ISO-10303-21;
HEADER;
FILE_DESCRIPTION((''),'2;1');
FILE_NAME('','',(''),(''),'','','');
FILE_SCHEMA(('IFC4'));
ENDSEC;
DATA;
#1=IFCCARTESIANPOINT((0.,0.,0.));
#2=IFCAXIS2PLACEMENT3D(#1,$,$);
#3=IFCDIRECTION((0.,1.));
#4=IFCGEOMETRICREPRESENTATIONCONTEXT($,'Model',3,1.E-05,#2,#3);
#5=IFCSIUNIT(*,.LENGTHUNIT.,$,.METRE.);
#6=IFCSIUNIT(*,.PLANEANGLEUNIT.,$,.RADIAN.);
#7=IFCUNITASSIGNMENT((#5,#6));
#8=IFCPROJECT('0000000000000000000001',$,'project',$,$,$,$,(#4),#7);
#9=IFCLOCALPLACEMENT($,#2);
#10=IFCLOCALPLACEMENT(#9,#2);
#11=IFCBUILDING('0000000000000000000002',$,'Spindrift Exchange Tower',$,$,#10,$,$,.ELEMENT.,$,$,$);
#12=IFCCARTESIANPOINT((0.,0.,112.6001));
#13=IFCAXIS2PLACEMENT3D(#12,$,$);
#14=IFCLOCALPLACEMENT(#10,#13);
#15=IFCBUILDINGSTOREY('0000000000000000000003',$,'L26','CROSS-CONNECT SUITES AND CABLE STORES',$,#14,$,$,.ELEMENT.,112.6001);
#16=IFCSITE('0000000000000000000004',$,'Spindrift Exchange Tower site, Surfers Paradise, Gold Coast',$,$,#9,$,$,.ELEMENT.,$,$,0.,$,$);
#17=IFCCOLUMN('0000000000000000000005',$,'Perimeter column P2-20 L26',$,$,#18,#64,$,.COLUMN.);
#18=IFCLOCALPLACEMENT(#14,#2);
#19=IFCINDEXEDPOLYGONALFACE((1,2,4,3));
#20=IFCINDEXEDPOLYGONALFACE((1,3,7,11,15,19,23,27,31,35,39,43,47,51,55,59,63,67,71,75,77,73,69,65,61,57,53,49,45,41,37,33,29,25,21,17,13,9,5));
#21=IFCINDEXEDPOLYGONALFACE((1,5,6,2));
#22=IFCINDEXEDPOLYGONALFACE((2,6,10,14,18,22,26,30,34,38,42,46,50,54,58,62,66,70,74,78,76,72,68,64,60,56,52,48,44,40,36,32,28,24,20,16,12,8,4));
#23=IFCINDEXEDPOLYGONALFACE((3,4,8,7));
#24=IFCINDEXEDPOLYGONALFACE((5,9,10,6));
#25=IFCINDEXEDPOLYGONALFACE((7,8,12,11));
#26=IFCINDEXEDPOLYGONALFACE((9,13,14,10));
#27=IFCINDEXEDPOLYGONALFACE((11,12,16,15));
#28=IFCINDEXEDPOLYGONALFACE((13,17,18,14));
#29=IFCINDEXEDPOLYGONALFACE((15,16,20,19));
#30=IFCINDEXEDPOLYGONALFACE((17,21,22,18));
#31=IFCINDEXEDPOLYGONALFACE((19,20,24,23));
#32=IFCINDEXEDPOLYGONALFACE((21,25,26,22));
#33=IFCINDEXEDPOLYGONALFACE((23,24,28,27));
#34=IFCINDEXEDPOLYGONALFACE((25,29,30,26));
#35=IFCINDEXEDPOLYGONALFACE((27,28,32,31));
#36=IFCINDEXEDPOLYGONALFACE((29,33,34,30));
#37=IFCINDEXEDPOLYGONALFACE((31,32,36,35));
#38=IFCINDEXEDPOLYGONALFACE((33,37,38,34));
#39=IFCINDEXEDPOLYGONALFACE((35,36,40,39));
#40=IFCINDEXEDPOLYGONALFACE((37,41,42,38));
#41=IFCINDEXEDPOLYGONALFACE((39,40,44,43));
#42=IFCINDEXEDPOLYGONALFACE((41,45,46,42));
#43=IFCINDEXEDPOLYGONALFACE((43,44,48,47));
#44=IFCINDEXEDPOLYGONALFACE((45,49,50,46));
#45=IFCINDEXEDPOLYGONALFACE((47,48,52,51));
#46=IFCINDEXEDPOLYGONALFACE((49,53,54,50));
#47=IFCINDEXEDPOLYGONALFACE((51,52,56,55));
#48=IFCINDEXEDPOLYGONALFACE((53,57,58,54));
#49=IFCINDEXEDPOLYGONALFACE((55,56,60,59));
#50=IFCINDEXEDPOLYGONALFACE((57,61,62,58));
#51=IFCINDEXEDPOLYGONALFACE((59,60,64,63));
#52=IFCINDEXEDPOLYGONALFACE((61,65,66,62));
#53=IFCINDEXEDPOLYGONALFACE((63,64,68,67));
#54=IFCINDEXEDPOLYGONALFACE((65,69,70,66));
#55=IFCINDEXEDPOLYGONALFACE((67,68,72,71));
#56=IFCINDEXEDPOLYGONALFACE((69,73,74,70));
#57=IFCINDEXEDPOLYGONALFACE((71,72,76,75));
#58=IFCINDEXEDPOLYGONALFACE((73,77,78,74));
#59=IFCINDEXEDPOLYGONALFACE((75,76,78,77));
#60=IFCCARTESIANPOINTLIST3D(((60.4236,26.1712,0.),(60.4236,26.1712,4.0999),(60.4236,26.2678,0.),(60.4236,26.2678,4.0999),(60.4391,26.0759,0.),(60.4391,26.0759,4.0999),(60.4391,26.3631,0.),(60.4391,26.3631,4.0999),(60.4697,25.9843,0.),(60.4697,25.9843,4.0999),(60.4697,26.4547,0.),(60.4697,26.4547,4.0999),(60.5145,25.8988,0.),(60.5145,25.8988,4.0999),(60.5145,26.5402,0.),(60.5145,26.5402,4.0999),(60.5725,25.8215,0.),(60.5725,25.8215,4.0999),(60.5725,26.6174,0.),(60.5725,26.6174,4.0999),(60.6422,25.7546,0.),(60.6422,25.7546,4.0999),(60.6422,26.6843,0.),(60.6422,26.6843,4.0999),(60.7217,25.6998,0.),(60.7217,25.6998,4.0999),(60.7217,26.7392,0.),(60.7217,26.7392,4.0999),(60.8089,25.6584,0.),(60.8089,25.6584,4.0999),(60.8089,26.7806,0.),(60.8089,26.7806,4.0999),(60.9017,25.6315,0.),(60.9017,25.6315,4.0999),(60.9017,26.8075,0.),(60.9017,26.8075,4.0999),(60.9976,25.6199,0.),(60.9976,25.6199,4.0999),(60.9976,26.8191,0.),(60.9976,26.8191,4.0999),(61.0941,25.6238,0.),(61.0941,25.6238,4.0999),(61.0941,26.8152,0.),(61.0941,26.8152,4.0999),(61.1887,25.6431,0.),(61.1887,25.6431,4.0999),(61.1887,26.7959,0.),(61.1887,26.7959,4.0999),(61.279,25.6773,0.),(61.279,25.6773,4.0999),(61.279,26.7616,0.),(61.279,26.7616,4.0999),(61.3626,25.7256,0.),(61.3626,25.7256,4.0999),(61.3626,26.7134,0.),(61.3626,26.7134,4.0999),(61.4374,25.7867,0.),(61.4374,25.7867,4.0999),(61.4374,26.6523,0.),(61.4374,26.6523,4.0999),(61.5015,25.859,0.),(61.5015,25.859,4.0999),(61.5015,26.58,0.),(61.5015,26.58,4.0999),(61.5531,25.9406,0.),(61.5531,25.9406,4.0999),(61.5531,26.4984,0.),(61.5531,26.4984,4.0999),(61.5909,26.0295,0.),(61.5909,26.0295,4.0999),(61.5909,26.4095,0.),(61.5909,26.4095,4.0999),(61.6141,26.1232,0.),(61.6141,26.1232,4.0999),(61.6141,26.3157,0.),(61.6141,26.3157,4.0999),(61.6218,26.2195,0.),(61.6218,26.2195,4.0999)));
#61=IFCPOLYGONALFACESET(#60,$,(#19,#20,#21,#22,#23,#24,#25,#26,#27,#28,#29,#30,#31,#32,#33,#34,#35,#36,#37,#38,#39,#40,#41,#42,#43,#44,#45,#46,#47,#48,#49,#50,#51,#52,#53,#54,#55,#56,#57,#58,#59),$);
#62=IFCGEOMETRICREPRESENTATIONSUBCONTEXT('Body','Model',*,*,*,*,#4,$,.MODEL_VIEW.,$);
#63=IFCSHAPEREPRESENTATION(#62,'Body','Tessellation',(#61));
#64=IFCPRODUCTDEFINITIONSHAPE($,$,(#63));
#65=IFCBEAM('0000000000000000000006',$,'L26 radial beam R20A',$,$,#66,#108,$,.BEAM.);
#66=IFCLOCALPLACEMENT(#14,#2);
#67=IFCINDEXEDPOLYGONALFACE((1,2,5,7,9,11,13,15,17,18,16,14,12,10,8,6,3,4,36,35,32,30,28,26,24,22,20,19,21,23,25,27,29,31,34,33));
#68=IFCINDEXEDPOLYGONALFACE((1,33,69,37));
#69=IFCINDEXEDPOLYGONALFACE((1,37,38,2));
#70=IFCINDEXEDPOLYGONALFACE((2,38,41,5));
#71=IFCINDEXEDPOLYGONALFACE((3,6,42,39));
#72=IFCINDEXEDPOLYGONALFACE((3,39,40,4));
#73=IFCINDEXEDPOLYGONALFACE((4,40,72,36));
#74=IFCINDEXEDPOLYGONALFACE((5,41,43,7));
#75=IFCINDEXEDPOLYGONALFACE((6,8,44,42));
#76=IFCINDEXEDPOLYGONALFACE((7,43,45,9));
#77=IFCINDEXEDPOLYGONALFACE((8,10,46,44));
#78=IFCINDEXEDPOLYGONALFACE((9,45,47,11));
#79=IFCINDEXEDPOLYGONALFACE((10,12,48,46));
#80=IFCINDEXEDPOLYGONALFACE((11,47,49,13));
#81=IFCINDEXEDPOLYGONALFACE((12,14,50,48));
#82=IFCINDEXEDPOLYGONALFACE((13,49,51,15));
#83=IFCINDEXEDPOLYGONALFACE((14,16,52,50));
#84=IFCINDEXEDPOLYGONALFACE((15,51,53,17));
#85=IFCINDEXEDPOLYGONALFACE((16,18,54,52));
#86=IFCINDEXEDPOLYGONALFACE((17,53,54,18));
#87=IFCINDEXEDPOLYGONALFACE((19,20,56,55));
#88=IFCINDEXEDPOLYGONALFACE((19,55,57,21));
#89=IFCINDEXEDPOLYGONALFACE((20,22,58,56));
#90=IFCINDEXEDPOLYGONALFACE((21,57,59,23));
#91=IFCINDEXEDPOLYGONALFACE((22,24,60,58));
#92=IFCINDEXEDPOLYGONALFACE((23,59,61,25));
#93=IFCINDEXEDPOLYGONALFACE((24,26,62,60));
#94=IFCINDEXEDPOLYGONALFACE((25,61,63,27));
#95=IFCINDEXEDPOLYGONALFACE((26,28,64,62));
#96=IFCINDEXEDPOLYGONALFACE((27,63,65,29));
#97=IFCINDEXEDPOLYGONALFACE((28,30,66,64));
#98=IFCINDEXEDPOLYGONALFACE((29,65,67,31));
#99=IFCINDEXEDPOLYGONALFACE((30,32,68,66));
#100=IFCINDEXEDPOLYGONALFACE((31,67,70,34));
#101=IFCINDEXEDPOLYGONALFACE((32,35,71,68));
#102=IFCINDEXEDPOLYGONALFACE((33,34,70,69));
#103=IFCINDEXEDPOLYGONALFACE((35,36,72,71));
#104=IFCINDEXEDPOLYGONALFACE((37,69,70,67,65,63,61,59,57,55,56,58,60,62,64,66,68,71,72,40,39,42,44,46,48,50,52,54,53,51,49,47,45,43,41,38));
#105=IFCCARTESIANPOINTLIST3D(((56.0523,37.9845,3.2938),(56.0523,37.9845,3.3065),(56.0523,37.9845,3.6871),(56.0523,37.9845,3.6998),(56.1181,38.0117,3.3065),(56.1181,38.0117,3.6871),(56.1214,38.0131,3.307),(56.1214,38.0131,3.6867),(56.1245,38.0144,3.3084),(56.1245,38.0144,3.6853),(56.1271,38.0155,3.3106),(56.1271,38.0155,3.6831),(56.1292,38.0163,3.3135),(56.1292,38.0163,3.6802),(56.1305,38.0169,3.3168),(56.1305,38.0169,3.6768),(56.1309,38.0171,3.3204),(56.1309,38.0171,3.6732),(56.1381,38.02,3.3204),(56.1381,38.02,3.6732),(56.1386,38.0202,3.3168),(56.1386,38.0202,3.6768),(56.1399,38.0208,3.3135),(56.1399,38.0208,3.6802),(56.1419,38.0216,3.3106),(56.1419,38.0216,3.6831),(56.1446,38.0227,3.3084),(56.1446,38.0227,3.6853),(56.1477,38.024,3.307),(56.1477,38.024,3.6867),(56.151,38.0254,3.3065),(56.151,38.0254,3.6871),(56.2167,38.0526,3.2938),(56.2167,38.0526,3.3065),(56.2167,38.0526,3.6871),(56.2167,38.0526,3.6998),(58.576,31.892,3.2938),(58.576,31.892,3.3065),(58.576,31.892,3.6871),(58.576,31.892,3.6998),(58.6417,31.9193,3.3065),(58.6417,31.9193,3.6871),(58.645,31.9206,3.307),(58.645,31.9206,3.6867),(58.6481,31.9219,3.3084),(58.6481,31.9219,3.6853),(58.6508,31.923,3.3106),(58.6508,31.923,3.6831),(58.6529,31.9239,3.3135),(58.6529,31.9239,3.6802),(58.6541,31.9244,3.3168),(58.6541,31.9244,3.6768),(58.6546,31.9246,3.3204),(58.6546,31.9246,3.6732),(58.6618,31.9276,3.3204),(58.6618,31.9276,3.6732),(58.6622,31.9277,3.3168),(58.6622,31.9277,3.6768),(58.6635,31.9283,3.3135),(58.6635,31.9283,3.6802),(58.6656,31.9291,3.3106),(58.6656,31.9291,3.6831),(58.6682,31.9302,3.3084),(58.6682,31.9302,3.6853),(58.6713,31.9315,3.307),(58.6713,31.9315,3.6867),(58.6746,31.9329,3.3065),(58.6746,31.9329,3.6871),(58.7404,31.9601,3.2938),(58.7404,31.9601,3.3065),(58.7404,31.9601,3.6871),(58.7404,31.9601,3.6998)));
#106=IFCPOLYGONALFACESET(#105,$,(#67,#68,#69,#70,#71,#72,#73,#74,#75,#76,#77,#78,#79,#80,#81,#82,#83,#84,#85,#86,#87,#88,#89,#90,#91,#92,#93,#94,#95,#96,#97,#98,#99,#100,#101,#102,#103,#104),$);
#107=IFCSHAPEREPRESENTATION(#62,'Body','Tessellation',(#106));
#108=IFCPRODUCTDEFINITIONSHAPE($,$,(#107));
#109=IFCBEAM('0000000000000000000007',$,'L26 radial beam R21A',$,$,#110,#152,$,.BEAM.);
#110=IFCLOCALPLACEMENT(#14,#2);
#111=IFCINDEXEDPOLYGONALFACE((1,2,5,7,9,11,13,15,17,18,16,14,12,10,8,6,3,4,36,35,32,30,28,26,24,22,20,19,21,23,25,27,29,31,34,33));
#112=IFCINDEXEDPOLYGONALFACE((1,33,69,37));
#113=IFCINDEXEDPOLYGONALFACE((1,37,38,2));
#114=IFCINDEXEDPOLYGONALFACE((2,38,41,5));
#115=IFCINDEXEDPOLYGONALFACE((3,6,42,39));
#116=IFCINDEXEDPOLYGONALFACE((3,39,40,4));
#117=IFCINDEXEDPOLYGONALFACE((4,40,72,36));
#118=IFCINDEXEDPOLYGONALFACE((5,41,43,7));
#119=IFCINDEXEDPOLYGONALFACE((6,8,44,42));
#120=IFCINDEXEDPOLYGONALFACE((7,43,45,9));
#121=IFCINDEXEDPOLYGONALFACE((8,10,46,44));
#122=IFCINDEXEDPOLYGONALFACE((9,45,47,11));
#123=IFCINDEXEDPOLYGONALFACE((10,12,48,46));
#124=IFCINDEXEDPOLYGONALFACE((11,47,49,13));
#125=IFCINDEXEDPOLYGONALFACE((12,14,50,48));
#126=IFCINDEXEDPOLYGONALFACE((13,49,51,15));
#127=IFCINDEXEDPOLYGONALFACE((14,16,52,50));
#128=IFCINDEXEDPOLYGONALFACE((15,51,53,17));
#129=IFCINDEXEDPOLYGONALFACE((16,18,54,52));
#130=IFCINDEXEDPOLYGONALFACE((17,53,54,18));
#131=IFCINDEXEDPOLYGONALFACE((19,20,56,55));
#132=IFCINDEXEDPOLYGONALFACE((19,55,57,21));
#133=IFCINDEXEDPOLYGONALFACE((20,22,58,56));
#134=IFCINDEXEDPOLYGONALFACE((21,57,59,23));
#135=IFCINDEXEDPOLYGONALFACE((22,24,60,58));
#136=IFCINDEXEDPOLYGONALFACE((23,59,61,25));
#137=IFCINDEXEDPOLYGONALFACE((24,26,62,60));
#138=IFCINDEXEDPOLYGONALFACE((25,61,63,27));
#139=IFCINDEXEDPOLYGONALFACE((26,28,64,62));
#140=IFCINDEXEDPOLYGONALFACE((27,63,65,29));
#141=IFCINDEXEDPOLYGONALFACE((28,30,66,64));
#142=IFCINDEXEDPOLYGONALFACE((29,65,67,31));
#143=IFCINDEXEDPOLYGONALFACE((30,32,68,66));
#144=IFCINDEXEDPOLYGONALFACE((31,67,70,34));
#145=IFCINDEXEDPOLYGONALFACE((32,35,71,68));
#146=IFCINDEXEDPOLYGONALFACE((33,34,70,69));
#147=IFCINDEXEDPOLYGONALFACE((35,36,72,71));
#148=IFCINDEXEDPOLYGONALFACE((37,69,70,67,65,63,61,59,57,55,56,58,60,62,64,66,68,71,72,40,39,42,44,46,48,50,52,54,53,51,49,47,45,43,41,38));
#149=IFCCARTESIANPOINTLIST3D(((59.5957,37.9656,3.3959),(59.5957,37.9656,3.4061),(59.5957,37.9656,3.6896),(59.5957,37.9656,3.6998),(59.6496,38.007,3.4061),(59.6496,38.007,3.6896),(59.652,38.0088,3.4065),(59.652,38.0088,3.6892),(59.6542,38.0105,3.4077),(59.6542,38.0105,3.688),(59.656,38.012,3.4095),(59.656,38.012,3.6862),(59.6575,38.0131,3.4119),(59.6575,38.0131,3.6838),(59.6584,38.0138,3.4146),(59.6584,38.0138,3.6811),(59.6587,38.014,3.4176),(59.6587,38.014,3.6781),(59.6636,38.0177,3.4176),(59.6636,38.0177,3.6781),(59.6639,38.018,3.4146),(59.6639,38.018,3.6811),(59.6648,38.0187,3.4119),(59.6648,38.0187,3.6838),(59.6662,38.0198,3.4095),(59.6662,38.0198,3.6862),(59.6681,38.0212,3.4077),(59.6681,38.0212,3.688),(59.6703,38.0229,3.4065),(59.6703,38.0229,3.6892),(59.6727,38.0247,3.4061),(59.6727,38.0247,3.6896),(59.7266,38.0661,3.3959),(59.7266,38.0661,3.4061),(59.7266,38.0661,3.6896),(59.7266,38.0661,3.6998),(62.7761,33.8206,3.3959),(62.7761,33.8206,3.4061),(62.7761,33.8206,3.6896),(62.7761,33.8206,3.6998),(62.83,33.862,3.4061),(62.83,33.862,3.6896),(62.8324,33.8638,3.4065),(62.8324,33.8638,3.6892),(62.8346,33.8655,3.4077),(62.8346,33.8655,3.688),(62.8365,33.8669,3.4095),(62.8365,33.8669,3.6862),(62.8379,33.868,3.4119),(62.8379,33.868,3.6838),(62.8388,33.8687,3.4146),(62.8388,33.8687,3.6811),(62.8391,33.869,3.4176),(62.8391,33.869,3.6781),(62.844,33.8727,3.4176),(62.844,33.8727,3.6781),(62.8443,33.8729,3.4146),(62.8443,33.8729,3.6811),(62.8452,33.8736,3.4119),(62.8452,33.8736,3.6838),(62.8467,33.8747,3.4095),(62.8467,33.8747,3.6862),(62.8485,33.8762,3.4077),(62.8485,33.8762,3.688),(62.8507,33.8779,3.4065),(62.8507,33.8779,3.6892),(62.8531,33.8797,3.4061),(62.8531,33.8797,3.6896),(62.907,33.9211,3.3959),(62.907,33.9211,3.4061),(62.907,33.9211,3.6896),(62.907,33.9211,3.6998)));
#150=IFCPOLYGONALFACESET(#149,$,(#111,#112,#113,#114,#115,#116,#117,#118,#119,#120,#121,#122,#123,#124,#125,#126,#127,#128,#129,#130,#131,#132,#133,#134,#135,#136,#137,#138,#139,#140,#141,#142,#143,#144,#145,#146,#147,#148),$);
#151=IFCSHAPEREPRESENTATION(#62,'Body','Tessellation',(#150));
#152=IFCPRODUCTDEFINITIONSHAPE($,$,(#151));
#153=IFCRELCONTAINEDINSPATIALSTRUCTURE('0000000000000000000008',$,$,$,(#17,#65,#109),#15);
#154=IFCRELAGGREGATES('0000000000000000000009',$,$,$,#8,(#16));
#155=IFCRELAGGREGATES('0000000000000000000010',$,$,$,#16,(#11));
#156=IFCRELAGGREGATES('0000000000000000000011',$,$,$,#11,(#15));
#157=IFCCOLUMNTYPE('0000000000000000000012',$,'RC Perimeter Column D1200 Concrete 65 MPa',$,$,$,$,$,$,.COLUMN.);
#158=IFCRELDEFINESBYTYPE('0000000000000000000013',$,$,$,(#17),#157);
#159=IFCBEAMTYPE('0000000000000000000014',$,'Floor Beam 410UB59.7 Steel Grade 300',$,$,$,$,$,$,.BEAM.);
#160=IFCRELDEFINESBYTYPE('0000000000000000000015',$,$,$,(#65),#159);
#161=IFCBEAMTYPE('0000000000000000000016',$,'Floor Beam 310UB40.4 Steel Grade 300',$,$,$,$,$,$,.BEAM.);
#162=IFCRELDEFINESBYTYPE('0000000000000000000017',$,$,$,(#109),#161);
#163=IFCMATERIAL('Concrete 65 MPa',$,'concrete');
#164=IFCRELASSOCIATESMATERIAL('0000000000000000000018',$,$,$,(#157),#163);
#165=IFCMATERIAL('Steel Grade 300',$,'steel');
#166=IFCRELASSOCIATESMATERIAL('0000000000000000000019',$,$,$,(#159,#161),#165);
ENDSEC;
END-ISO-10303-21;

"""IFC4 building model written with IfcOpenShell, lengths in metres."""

from ifc_helpers import new_model, si_unit, direction, frame, origin, origin_2d, place, context, subcontext, project, spatial, circle, i_section, extrude, source, transform, mapped, material, material_profile, profile_set, type_object, element, save


model = new_model("IFC4")

# Units and contexts
model_context = context("Model", 3, precision=1e-05, world=origin(), true_north=direction((0.0, 1.0)))
body_context = subcontext(model_context, "Body", "Model", "MODEL_VIEW")
ifc_project = project(units=[si_unit("LENGTHUNIT", "METRE"), si_unit("PLANEANGLEUNIT", "RADIAN")], contexts=[model_context])

# Site, building, storey
site_placement = place(None, origin())
site = spatial("IfcSite", under=ifc_project, at=site_placement, Name="Spindrift Exchange Tower site, Surfers Paradise, Gold Coast", CompositionType="ELEMENT", RefElevation=0.0)
building_placement = place(site_placement, origin())
building = spatial("IfcBuilding", under=site, at=building_placement, Name="Spindrift Exchange Tower", CompositionType="ELEMENT")
storey_placement = place(building_placement, frame((0.0, 0.0, 112.6001)))
storey = spatial("IfcBuildingStorey", under=building, at=storey_placement, Name="L26", Description="CROSS-CONNECT SUITES AND CABLE STORES", CompositionType="ELEMENT", Elevation=112.6001)

# Column
ifc_material_1 = material(Name="Concrete 65 MPa", Category="concrete")
ifc_material_profile_1 = material_profile(ifc_material_1, circle(Radius=0.6001, at=origin_2d()), Name="RC D1200")
ifc_profile_set_1 = profile_set([ifc_material_profile_1], Name="Concrete 65 MPa")
column_type_1 = type_object("IfcColumnType", Name="RC Perimeter Column D1200 Concrete 65 MPa", PredefinedType="COLUMN", material=ifc_profile_set_1)
shared_shape_1 = source(origin(), body_context, "Body", "SweptSolid", [
    extrude(circle(Radius=0.6001, at=origin_2d()), origin(), (0.0, 0.0, 1.0), 4.0999),
])
for number, where, z_axis, x_axis, name in (
    (1, (61.0217, 26.2195, 0.0), (0.0, 0.0, 1.0), (1.0, 0.0, 0.0), "Perimeter column P2-20 L26"),
):
    element("IfcColumn", number, at=place(storey_placement, frame(where, z_axis=z_axis, x_axis=x_axis)), inside=storey, type_object=column_type_1, Name=name, PredefinedType="COLUMN", context=body_context, shape_type="MappedRepresentation", body=[
        mapped(shared_shape_1, transform((0.0, 0.0, 0.0), scale=1.0)),
    ])

# Beams
ifc_material_2 = material(Name="Steel Grade 300", Category="steel")
ifc_material_profile_2 = material_profile(ifc_material_2, i_section(OverallWidth=0.178, OverallDepth=0.406, WebThickness=0.0078, FlangeThickness=0.0127, FilletRadius=0.0139, at=origin_2d()), Name="410UB59.7")
ifc_profile_set_2 = profile_set([ifc_material_profile_2], Name="Steel Grade 300")
beam_type_1 = type_object("IfcBeamType", Name="Floor Beam 410UB59.7 Steel Grade 300", PredefinedType="BEAM", material=ifc_profile_set_2)
shared_shape_2 = source(origin(), body_context, "Body", "SweptSolid", [
    extrude(i_section(OverallWidth=0.178, OverallDepth=0.406, WebThickness=0.0078, FlangeThickness=0.0127, FilletRadius=0.0139, at=origin_2d()), origin(), (0.0, 0.0, 1.0), 6.5945),
])
beam_1_placement = place(storey_placement, frame((56.1345, 38.0186, 3.4968), z_axis=(0.382693, -0.923876, 0.0), x_axis=(0.923876, 0.382693, 0.0)))
element("IfcBeam", 2, at=beam_1_placement, inside=storey, type_object=beam_type_1, Name="L26 radial beam R20A", PredefinedType="BEAM", context=body_context, shape_type="MappedRepresentation", body=[
    mapped(shared_shape_2, transform((0.0, 0.0, 0.0), scale=1.0)),
])
ifc_material_profile_3 = material_profile(ifc_material_2, i_section(OverallWidth=0.165, OverallDepth=0.304, WebThickness=0.0061, FlangeThickness=0.0103, FilletRadius=0.0115, at=origin_2d()), Name="310UB40.4")
ifc_profile_set_3 = profile_set([ifc_material_profile_3], Name="Steel Grade 300")
beam_type_2 = type_object("IfcBeamType", Name="Floor Beam 310UB40.4 Steel Grade 300", PredefinedType="BEAM", material=ifc_profile_set_3)
shared_shape_3 = source(origin(), body_context, "Body", "SweptSolid", [
    extrude(i_section(OverallWidth=0.165, OverallDepth=0.304, WebThickness=0.0061, FlangeThickness=0.0103, FilletRadius=0.0115, at=origin_2d()), origin(), (0.0, 0.0, 1.0), 5.2246),
])
beam_2_placement = place(storey_placement, frame((59.6611, 38.0159, 3.5479), z_axis=(0.608741, -0.793369, 0.0), x_axis=(0.793369, 0.608741, 0.0)))
element("IfcBeam", 3, at=beam_2_placement, inside=storey, type_object=beam_type_2, Name="L26 radial beam R21A", PredefinedType="BEAM", context=body_context, shape_type="MappedRepresentation", body=[
    mapped(shared_shape_3, transform((0.0, 0.0, 0.0), scale=1.0)),
])

save(model, "model.ifc")
